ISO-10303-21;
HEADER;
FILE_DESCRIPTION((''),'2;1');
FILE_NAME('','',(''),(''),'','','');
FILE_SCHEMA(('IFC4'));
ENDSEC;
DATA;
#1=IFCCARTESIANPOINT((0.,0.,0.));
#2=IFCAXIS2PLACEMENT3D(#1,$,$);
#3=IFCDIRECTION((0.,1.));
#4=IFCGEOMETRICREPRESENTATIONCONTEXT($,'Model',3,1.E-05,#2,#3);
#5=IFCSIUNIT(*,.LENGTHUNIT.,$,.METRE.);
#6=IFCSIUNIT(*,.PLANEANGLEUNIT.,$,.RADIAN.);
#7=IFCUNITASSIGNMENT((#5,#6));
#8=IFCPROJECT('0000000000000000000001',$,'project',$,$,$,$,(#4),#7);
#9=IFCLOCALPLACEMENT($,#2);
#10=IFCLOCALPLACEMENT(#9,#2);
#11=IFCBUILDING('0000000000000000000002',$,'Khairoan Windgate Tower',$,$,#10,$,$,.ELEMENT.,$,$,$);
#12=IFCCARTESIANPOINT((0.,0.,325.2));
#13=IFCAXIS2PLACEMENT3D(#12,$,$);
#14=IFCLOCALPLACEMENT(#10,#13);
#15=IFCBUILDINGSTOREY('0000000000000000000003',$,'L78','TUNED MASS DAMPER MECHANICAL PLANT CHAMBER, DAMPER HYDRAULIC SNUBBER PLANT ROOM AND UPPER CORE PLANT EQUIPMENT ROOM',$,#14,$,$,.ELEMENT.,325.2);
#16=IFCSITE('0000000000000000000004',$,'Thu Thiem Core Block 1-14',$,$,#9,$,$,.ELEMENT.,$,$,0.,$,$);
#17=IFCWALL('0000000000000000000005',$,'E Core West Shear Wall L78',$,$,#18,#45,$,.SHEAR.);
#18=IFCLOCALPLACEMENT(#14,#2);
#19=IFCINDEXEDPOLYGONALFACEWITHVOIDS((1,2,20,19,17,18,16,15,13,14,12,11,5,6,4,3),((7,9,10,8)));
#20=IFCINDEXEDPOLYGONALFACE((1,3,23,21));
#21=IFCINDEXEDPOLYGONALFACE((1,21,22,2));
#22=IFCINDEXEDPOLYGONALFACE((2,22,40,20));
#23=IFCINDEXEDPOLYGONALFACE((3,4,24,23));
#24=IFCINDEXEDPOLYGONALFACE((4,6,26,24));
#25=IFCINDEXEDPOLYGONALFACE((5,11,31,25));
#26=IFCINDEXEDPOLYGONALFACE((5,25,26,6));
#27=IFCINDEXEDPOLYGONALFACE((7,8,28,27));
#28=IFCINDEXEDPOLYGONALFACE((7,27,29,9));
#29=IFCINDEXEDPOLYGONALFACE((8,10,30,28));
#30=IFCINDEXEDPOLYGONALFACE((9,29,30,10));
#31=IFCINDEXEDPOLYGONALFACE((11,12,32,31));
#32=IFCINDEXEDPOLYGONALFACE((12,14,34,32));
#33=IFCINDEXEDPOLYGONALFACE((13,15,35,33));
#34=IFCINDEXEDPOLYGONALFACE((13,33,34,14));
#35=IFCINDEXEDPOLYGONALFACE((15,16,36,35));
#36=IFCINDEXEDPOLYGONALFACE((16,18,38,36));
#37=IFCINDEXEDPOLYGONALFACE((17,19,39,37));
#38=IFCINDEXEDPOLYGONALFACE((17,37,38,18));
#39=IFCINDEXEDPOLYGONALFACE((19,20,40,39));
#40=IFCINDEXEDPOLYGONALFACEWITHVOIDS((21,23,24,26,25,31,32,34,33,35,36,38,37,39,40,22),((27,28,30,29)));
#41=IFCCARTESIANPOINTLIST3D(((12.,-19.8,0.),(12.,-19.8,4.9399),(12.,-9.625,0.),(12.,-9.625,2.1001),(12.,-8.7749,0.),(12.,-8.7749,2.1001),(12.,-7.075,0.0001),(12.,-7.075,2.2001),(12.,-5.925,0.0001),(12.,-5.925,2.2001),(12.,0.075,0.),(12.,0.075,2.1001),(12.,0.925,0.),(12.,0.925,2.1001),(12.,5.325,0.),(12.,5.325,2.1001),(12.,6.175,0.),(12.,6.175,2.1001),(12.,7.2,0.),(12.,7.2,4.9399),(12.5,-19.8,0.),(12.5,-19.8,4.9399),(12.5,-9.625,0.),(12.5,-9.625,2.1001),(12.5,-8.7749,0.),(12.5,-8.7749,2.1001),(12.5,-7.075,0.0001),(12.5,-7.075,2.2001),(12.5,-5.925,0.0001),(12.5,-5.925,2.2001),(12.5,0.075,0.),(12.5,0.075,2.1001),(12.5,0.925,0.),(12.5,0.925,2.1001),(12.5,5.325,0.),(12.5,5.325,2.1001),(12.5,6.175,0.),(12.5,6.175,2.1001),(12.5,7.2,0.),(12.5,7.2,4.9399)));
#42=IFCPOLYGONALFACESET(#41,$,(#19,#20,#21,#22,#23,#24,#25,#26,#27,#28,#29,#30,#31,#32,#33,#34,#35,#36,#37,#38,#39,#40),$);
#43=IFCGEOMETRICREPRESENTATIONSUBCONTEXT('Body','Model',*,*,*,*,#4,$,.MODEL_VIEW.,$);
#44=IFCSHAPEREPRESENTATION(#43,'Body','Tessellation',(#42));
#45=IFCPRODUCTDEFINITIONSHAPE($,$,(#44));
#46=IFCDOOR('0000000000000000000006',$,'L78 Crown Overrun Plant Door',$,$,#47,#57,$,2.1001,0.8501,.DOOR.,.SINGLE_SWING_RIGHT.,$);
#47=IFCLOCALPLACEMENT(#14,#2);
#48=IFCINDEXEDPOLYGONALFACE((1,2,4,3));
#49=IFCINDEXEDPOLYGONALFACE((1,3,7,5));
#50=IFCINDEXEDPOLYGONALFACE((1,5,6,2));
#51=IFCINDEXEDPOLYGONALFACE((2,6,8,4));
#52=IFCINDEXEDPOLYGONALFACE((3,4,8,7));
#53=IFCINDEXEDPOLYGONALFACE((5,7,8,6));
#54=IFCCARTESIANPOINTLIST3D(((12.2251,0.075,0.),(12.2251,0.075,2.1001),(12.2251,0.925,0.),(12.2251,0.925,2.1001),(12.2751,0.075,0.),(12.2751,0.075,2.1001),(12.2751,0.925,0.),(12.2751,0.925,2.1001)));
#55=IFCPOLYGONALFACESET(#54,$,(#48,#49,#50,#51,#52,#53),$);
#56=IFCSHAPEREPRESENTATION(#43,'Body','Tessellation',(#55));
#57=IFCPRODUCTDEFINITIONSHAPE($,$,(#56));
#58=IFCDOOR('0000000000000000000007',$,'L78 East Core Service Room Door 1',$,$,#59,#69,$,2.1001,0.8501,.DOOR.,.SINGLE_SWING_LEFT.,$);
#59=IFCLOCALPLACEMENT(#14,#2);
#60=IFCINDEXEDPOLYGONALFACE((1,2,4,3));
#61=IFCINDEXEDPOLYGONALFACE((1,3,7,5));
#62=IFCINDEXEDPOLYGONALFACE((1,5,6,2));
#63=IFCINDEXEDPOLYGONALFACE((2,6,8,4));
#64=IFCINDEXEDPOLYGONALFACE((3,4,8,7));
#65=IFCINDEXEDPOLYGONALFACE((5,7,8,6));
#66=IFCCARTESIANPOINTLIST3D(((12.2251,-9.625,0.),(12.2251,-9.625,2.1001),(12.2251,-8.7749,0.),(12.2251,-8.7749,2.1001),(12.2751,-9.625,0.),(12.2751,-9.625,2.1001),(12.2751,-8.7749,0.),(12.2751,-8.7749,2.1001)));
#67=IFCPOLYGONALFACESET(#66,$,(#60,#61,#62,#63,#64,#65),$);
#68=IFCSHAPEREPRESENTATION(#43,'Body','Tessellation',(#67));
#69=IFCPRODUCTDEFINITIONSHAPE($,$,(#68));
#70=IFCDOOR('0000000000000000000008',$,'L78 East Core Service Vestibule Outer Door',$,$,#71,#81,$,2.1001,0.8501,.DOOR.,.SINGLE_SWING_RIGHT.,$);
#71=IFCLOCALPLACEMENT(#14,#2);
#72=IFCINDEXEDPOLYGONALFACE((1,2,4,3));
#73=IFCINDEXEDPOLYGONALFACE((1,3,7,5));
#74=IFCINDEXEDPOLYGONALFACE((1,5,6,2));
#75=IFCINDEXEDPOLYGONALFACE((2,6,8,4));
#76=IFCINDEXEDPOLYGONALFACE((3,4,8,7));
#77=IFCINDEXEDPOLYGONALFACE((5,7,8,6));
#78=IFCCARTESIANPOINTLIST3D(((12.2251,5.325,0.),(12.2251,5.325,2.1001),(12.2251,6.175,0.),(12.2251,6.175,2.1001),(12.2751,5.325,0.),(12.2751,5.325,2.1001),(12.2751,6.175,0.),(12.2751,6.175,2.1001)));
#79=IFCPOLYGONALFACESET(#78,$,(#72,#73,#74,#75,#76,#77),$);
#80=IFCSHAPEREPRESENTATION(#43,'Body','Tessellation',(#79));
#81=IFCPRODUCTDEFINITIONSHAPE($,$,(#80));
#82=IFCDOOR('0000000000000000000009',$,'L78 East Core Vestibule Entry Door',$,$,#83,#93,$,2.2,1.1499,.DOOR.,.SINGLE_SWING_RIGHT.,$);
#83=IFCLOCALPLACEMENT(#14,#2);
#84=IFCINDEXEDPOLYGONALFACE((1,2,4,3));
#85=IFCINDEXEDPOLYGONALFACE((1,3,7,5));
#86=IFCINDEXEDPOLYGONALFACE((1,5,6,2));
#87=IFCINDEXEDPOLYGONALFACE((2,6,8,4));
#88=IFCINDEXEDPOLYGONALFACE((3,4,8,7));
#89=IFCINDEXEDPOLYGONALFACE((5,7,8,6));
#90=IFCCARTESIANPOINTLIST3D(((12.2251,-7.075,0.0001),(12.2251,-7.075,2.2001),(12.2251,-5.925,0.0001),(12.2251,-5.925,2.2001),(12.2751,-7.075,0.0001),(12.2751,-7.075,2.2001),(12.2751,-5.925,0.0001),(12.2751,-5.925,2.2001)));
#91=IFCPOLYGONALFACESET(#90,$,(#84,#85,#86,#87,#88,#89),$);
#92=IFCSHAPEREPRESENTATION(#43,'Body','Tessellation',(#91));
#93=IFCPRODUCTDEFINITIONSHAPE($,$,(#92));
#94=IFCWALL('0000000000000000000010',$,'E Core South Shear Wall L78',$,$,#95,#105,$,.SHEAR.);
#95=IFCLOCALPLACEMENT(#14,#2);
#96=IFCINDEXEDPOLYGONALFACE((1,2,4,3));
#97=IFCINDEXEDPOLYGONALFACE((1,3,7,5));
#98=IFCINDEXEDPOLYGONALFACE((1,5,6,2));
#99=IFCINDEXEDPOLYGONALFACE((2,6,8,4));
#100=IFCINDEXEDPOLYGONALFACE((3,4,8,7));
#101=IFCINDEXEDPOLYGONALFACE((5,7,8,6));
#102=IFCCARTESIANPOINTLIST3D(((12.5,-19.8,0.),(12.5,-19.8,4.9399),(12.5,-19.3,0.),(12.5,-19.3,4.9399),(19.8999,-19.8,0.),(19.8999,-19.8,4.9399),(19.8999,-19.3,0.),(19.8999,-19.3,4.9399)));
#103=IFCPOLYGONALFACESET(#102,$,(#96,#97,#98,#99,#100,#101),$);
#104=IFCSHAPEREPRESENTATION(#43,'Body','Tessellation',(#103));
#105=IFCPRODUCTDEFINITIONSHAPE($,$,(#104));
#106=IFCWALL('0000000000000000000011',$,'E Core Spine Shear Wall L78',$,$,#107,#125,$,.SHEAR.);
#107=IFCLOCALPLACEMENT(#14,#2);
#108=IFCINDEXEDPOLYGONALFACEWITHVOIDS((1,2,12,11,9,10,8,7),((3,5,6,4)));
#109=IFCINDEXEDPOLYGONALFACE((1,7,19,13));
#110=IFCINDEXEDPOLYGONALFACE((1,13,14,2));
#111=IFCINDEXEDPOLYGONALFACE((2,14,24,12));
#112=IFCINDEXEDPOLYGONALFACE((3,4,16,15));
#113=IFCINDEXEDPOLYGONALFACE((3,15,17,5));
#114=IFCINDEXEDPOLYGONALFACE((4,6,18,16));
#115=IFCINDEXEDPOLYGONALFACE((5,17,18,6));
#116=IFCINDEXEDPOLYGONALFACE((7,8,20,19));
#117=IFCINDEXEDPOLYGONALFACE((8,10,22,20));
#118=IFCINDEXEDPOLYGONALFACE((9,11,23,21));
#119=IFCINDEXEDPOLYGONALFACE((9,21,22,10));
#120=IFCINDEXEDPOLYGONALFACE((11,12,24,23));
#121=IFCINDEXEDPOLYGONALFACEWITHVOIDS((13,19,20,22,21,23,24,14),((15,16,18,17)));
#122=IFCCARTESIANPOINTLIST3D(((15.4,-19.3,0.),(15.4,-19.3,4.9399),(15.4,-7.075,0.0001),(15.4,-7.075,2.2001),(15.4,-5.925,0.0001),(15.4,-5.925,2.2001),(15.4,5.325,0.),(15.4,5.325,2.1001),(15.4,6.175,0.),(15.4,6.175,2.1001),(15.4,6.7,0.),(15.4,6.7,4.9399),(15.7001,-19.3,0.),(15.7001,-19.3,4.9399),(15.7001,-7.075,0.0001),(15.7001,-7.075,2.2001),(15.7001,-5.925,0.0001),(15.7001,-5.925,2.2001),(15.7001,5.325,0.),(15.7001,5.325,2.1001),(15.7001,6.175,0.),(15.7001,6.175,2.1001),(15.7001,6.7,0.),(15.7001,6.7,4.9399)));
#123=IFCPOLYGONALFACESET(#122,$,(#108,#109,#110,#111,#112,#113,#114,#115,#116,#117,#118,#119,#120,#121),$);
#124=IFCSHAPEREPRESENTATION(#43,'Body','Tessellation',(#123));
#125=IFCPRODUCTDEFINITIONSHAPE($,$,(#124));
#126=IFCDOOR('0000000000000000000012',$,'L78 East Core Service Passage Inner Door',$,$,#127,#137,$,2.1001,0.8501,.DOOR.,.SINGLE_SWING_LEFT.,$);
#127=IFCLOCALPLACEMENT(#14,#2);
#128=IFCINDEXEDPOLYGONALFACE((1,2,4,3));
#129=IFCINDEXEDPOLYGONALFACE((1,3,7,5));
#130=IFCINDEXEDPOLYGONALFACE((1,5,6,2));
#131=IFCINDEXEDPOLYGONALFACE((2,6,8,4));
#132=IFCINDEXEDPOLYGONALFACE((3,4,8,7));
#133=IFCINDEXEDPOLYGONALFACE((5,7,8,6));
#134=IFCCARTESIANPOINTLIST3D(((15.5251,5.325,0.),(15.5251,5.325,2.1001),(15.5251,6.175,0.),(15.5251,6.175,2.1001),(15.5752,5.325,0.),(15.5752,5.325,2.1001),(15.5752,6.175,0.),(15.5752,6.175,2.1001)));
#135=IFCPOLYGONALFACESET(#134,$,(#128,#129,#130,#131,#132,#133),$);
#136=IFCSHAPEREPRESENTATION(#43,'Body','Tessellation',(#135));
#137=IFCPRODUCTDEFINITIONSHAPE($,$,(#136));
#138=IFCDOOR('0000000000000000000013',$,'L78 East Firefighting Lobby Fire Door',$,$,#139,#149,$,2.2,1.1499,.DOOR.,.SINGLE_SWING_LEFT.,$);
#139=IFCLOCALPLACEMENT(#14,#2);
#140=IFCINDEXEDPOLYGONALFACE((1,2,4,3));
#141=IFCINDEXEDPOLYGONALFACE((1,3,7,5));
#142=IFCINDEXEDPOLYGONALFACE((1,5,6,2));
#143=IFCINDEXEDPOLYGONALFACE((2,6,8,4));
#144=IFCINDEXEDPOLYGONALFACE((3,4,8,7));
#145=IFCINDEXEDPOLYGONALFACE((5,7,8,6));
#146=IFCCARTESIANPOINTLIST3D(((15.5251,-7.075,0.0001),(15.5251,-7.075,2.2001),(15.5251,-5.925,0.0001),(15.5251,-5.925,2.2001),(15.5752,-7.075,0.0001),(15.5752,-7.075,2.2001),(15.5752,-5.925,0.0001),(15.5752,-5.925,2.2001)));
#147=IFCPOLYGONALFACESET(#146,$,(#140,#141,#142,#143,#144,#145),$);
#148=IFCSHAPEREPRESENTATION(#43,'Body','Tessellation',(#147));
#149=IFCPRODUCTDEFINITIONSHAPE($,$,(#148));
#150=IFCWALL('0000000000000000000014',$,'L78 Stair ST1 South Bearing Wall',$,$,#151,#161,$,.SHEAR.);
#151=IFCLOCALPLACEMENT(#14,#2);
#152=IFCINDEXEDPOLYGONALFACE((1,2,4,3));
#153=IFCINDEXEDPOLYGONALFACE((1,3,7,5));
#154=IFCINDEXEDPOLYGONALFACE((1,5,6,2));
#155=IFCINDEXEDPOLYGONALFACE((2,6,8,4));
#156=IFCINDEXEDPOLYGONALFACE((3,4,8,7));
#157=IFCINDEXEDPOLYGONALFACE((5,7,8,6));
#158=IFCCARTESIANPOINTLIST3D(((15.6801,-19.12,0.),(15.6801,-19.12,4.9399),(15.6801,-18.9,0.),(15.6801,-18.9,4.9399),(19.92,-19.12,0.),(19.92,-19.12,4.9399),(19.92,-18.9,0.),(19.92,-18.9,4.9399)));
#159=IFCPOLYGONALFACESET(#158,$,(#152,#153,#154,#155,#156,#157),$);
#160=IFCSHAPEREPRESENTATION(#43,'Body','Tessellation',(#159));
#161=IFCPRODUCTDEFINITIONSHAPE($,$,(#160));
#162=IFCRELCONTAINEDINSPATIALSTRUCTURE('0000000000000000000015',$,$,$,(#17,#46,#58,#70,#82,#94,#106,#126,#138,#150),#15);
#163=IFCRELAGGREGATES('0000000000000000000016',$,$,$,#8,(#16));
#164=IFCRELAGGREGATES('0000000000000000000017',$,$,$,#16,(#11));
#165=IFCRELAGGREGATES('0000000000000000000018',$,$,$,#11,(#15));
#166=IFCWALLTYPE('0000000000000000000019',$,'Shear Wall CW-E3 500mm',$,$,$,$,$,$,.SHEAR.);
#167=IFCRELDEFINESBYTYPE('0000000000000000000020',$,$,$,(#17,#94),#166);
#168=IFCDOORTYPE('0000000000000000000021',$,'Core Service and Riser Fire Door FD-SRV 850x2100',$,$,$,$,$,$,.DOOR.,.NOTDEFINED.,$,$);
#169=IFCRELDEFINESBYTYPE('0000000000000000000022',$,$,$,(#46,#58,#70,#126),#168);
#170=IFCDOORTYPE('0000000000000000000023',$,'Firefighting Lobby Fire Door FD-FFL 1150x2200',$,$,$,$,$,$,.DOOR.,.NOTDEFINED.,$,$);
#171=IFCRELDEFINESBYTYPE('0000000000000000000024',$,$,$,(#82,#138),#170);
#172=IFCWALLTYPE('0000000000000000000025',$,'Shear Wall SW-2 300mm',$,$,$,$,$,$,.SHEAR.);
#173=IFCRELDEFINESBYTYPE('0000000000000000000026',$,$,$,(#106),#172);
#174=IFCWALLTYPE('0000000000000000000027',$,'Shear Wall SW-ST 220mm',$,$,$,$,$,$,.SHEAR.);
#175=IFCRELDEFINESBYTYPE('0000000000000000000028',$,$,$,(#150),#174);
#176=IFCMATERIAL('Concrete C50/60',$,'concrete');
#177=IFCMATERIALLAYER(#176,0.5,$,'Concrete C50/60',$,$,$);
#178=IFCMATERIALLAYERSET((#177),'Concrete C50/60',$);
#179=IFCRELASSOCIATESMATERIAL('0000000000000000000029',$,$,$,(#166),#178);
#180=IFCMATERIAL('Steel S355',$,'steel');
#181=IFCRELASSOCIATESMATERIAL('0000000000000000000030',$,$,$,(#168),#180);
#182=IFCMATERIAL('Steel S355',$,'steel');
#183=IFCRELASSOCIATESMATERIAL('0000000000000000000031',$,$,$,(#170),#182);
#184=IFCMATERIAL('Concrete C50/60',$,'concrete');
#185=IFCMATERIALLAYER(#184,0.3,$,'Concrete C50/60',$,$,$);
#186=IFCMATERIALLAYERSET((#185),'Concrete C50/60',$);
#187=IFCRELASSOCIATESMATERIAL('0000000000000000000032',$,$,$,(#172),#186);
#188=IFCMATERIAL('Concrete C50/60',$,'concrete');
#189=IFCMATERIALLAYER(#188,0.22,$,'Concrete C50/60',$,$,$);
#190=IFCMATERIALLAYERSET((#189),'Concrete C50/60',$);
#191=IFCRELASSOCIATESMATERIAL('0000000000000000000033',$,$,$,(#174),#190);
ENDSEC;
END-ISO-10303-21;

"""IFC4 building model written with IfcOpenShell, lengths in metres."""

from ifc_helpers import new_model, si_unit, direction, frame, frame_2d, origin, place, context, subcontext, project, spatial, rectangle, extrude, material, layer, layer_set, type_object, element, fill, save


model = new_model("IFC4")

# Units and contexts
model_context = context("Model", 3, precision=1e-05, world=origin(), true_north=direction((0.0, 1.0)))
body_context = subcontext(model_context, "Body", "Model", "MODEL_VIEW")
ifc_project = project(units=[si_unit("LENGTHUNIT", "METRE"), si_unit("PLANEANGLEUNIT", "RADIAN")], contexts=[model_context])

# Site, building, storey
site_placement = place(None, origin())
site = spatial("IfcSite", under=ifc_project, at=site_placement, Name="Thu Thiem Core Block 1-14", CompositionType="ELEMENT", RefElevation=0.0)
building_placement = place(site_placement, origin())
building = spatial("IfcBuilding", under=site, at=building_placement, Name="Khairoan Windgate Tower", CompositionType="ELEMENT")
storey_placement = place(building_placement, frame((0.0, 0.0, 325.2)))
storey = spatial("IfcBuildingStorey", under=building, at=storey_placement, Name="L78", Description="TUNED MASS DAMPER MECHANICAL PLANT CHAMBER, DAMPER HYDRAULIC SNUBBER PLANT ROOM AND UPPER CORE PLANT EQUIPMENT ROOM", CompositionType="ELEMENT", Elevation=325.2)

# Wall, openings, doors
ifc_material_1 = material(Name="Concrete C50/60", Category="concrete")
ifc_layer_1 = layer(ifc_material_1, 0.5, Name="Concrete C50/60")
ifc_layer_set_1 = layer_set([ifc_layer_1], Name="Concrete C50/60")
wall_type_1 = type_object("IfcWallType", Name="Shear Wall CW-E3 500mm", PredefinedType="SHEAR", material=ifc_layer_set_1)
wall_1_placement = place(storey_placement, frame((12.25, -19.8, 0.0), z_axis=(0.0, 0.0, 1.0), x_axis=(0.0, 1.0, 0.0)))
wall_1 = element("IfcWall", 1, at=wall_1_placement, inside=storey, type_object=wall_type_1, Name="E Core West Shear Wall L78", PredefinedType="SHEAR", context=body_context, shape_type="SweptSolid", body=[
    extrude(rectangle(XDim=27.0, YDim=0.5, at=frame_2d((13.5, 0.0))), origin(), (0.0, 0.0, 1.0), 4.9399),
])
opening_1_placement = place(wall_1_placement, frame((19.875, 0.0, 0.0)))
opening_1 = element("IfcOpeningElement", 2, at=opening_1_placement, cuts=wall_1, PredefinedType="OPENING", context=body_context, shape_type="SweptSolid", body=[
    extrude(rectangle(XDim=0.8501, YDim=2.1001, at=frame_2d((0.425, 1.05))), frame((0.0, 0.26, 0.0), z_axis=(0.0, -1.0, 0.0), x_axis=(1.0, 0.0, 0.0)), (0.0, 0.0, 1.0), 0.52),
])
opening_2_placement = place(wall_1_placement, frame((10.175, 0.0, 0.0)))
opening_2 = element("IfcOpeningElement", 3, at=opening_2_placement, cuts=wall_1, PredefinedType="OPENING", context=body_context, shape_type="SweptSolid", body=[
    extrude(rectangle(XDim=0.8501, YDim=2.1001, at=frame_2d((0.425, 1.05))), frame((0.0, 0.26, 0.0), z_axis=(0.0, -1.0, 0.0), x_axis=(1.0, 0.0, 0.0)), (0.0, 0.0, 1.0), 0.52),
])
opening_3_placement = place(wall_1_placement, frame((12.7251, 0.0, 0.0)))
opening_3 = element("IfcOpeningElement", 4, at=opening_3_placement, cuts=wall_1, PredefinedType="OPENING", context=body_context, shape_type="SweptSolid", body=[
    extrude(rectangle(XDim=1.1499, YDim=2.2, at=frame_2d((0.575, 1.1001))), frame((0.0, 0.26, 0.0), z_axis=(0.0, -1.0, 0.0), x_axis=(1.0, 0.0, 0.0)), (0.0, 0.0, 1.0), 0.52),
])
opening_4_placement = place(wall_1_placement, frame((25.125, 0.0, 0.0)))
opening_4 = element("IfcOpeningElement", 5, at=opening_4_placement, cuts=wall_1, PredefinedType="OPENING", context=body_context, shape_type="SweptSolid", body=[
    extrude(rectangle(XDim=0.8501, YDim=2.1001, at=frame_2d((0.425, 1.05))), frame((0.0, 0.26, 0.0), z_axis=(0.0, -1.0, 0.0), x_axis=(1.0, 0.0, 0.0)), (0.0, 0.0, 1.0), 0.52),
])
ifc_material_2 = material(Name="Steel S355", Category="steel")
door_type_1 = type_object("IfcDoorType", Name="Core Service and Riser Fire Door FD-SRV 850x2100", OperationType="NOTDEFINED", PredefinedType="DOOR", material=ifc_material_2)
door_1_placement = place(opening_1_placement, origin())
door_1 = element("IfcDoor", 6, at=door_1_placement, inside=storey, type_object=door_type_1, Name="L78 Crown Overrun Plant Door", OperationType="SINGLE_SWING_RIGHT", OverallHeight=2.1001, OverallWidth=0.8501, PredefinedType="DOOR", context=body_context, shape_type="SweptSolid", body=[
    extrude(rectangle(XDim=0.8501, YDim=2.1001, at=frame_2d((0.425, 1.05))), frame((0.0, 0.0249, 0.0), z_axis=(0.0, -1.0, 0.0), x_axis=(1.0, 0.0, 0.0)), (0.0, 0.0, 1.0), 0.05),
])
fill(opening_1, door_1)
door_2_placement = place(opening_2_placement, origin())
door_2 = element("IfcDoor", 7, at=door_2_placement, inside=storey, type_object=door_type_1, Name="L78 East Core Service Room Door 1", OperationType="SINGLE_SWING_LEFT", OverallHeight=2.1001, OverallWidth=0.8501, PredefinedType="DOOR", context=body_context, shape_type="SweptSolid", body=[
    extrude(rectangle(XDim=0.8501, YDim=2.1001, at=frame_2d((0.425, 1.05))), frame((0.0, 0.0249, 0.0), z_axis=(0.0, -1.0, 0.0), x_axis=(1.0, 0.0, 0.0)), (0.0, 0.0, 1.0), 0.05),
])
fill(opening_2, door_2)
door_3_placement = place(opening_4_placement, origin())
door_3 = element("IfcDoor", 8, at=door_3_placement, inside=storey, type_object=door_type_1, Name="L78 East Core Service Vestibule Outer Door", OperationType="SINGLE_SWING_RIGHT", OverallHeight=2.1001, OverallWidth=0.8501, PredefinedType="DOOR", context=body_context, shape_type="SweptSolid", body=[
    extrude(rectangle(XDim=0.8501, YDim=2.1001, at=frame_2d((0.425, 1.05))), frame((0.0, 0.0249, 0.0), z_axis=(0.0, -1.0, 0.0), x_axis=(1.0, 0.0, 0.0)), (0.0, 0.0, 1.0), 0.05),
])
fill(opening_4, door_3)
ifc_material_3 = material(Name="Steel S355", Category="steel")
door_type_2 = type_object("IfcDoorType", Name="Firefighting Lobby Fire Door FD-FFL 1150x2200", OperationType="NOTDEFINED", PredefinedType="DOOR", material=ifc_material_3)
door_4_placement = place(opening_3_placement, origin())
door_4 = element("IfcDoor", 9, at=door_4_placement, inside=storey, type_object=door_type_2, Name="L78 East Core Vestibule Entry Door", OperationType="SINGLE_SWING_RIGHT", OverallHeight=2.2, OverallWidth=1.1499, PredefinedType="DOOR", context=body_context, shape_type="SweptSolid", body=[
    extrude(rectangle(XDim=1.1499, YDim=2.2, at=frame_2d((0.575, 1.1001))), frame((0.0, 0.0249, 0.0), z_axis=(0.0, -1.0, 0.0), x_axis=(1.0, 0.0, 0.0)), (0.0, 0.0, 1.0), 0.05),
])
fill(opening_3, door_4)

# Wall
wall_2_placement = place(storey_placement, frame((12.5, -19.55, 0.0), z_axis=(0.0, 0.0, 1.0), x_axis=(1.0, 0.0, 0.0)))
element("IfcWall", 10, at=wall_2_placement, inside=storey, type_object=wall_type_1, Name="E Core South Shear Wall L78", PredefinedType="SHEAR", context=body_context, shape_type="SweptSolid", body=[
    extrude(rectangle(XDim=7.3999, YDim=0.5, at=frame_2d((3.7, 0.0))), origin(), (0.0, 0.0, 1.0), 4.9399),
])

# Wall, openings, doors
ifc_material_4 = material(Name="Concrete C50/60", Category="concrete")
ifc_layer_2 = layer(ifc_material_4, 0.3, Name="Concrete C50/60")
ifc_layer_set_2 = layer_set([ifc_layer_2], Name="Concrete C50/60")
wall_type_2 = type_object("IfcWallType", Name="Shear Wall SW-2 300mm", PredefinedType="SHEAR", material=ifc_layer_set_2)
wall_3_placement = place(storey_placement, frame((15.55, -19.3, 0.0), z_axis=(0.0, 0.0, 1.0), x_axis=(0.0, 1.0, 0.0)))
wall_3 = element("IfcWall", 11, at=wall_3_placement, inside=storey, type_object=wall_type_2, Name="E Core Spine Shear Wall L78", PredefinedType="SHEAR", context=body_context, shape_type="SweptSolid", body=[
    extrude(rectangle(XDim=26.0, YDim=0.3, at=frame_2d((13.0, 0.0))), origin(), (0.0, 0.0, 1.0), 4.9399),
])
opening_5_placement = place(wall_3_placement, frame((12.2251, 0.0, 0.0)))
opening_5 = element("IfcOpeningElement", 12, at=opening_5_placement, cuts=wall_3, PredefinedType="OPENING", context=body_context, shape_type="SweptSolid", body=[
    extrude(rectangle(XDim=1.1499, YDim=2.2, at=frame_2d((0.575, 1.1001))), frame((0.0, 0.1599, 0.0), z_axis=(0.0, -1.0, 0.0), x_axis=(1.0, 0.0, 0.0)), (0.0, 0.0, 1.0), 0.3201),
])
opening_6_placement = place(wall_3_placement, frame((24.625, 0.0, 0.0)))
opening_6 = element("IfcOpeningElement", 13, at=opening_6_placement, cuts=wall_3, PredefinedType="OPENING", context=body_context, shape_type="SweptSolid", body=[
    extrude(rectangle(XDim=0.8501, YDim=2.1001, at=frame_2d((0.425, 1.05))), frame((0.0, 0.1599, 0.0), z_axis=(0.0, -1.0, 0.0), x_axis=(1.0, 0.0, 0.0)), (0.0, 0.0, 1.0), 0.3201),
])
door_5_placement = place(opening_6_placement, origin())
door_5 = element("IfcDoor", 14, at=door_5_placement, inside=storey, type_object=door_type_1, Name="L78 East Core Service Passage Inner Door", OperationType="SINGLE_SWING_LEFT", OverallHeight=2.1001, OverallWidth=0.8501, PredefinedType="DOOR", context=body_context, shape_type="SweptSolid", body=[
    extrude(rectangle(XDim=0.8501, YDim=2.1001, at=frame_2d((0.425, 1.05))), frame((0.0, 0.0249, 0.0), z_axis=(0.0, -1.0, 0.0), x_axis=(1.0, 0.0, 0.0)), (0.0, 0.0, 1.0), 0.05),
])
fill(opening_6, door_5)
door_6_placement = place(opening_5_placement, origin())
door_6 = element("IfcDoor", 15, at=door_6_placement, inside=storey, type_object=door_type_2, Name="L78 East Firefighting Lobby Fire Door", OperationType="SINGLE_SWING_LEFT", OverallHeight=2.2, OverallWidth=1.1499, PredefinedType="DOOR", context=body_context, shape_type="SweptSolid", body=[
    extrude(rectangle(XDim=1.1499, YDim=2.2, at=frame_2d((0.575, 1.1001))), frame((0.0, 0.0249, 0.0), z_axis=(0.0, -1.0, 0.0), x_axis=(1.0, 0.0, 0.0)), (0.0, 0.0, 1.0), 0.05),
])
fill(opening_5, door_6)

# Wall
ifc_material_5 = material(Name="Concrete C50/60", Category="concrete")
ifc_layer_3 = layer(ifc_material_5, 0.22, Name="Concrete C50/60")
ifc_layer_set_3 = layer_set([ifc_layer_3], Name="Concrete C50/60")
wall_type_3 = type_object("IfcWallType", Name="Shear Wall SW-ST 220mm", PredefinedType="SHEAR", material=ifc_layer_set_3)
wall_4_placement = place(storey_placement, frame((15.6799, -19.01, 0.0), z_axis=(0.0, 0.0, 1.0), x_axis=(1.0, 0.0, 0.0)))
element("IfcWall", 16, at=wall_4_placement, inside=storey, type_object=wall_type_3, Name="L78 Stair ST1 South Bearing Wall", PredefinedType="SHEAR", context=body_context, shape_type="SweptSolid", body=[
    extrude(rectangle(XDim=4.24, YDim=0.22, at=frame_2d((2.1201, 0.0))), origin(), (0.0, 0.0, 1.0), 4.9399),
])

save(model, "model.ifc")
